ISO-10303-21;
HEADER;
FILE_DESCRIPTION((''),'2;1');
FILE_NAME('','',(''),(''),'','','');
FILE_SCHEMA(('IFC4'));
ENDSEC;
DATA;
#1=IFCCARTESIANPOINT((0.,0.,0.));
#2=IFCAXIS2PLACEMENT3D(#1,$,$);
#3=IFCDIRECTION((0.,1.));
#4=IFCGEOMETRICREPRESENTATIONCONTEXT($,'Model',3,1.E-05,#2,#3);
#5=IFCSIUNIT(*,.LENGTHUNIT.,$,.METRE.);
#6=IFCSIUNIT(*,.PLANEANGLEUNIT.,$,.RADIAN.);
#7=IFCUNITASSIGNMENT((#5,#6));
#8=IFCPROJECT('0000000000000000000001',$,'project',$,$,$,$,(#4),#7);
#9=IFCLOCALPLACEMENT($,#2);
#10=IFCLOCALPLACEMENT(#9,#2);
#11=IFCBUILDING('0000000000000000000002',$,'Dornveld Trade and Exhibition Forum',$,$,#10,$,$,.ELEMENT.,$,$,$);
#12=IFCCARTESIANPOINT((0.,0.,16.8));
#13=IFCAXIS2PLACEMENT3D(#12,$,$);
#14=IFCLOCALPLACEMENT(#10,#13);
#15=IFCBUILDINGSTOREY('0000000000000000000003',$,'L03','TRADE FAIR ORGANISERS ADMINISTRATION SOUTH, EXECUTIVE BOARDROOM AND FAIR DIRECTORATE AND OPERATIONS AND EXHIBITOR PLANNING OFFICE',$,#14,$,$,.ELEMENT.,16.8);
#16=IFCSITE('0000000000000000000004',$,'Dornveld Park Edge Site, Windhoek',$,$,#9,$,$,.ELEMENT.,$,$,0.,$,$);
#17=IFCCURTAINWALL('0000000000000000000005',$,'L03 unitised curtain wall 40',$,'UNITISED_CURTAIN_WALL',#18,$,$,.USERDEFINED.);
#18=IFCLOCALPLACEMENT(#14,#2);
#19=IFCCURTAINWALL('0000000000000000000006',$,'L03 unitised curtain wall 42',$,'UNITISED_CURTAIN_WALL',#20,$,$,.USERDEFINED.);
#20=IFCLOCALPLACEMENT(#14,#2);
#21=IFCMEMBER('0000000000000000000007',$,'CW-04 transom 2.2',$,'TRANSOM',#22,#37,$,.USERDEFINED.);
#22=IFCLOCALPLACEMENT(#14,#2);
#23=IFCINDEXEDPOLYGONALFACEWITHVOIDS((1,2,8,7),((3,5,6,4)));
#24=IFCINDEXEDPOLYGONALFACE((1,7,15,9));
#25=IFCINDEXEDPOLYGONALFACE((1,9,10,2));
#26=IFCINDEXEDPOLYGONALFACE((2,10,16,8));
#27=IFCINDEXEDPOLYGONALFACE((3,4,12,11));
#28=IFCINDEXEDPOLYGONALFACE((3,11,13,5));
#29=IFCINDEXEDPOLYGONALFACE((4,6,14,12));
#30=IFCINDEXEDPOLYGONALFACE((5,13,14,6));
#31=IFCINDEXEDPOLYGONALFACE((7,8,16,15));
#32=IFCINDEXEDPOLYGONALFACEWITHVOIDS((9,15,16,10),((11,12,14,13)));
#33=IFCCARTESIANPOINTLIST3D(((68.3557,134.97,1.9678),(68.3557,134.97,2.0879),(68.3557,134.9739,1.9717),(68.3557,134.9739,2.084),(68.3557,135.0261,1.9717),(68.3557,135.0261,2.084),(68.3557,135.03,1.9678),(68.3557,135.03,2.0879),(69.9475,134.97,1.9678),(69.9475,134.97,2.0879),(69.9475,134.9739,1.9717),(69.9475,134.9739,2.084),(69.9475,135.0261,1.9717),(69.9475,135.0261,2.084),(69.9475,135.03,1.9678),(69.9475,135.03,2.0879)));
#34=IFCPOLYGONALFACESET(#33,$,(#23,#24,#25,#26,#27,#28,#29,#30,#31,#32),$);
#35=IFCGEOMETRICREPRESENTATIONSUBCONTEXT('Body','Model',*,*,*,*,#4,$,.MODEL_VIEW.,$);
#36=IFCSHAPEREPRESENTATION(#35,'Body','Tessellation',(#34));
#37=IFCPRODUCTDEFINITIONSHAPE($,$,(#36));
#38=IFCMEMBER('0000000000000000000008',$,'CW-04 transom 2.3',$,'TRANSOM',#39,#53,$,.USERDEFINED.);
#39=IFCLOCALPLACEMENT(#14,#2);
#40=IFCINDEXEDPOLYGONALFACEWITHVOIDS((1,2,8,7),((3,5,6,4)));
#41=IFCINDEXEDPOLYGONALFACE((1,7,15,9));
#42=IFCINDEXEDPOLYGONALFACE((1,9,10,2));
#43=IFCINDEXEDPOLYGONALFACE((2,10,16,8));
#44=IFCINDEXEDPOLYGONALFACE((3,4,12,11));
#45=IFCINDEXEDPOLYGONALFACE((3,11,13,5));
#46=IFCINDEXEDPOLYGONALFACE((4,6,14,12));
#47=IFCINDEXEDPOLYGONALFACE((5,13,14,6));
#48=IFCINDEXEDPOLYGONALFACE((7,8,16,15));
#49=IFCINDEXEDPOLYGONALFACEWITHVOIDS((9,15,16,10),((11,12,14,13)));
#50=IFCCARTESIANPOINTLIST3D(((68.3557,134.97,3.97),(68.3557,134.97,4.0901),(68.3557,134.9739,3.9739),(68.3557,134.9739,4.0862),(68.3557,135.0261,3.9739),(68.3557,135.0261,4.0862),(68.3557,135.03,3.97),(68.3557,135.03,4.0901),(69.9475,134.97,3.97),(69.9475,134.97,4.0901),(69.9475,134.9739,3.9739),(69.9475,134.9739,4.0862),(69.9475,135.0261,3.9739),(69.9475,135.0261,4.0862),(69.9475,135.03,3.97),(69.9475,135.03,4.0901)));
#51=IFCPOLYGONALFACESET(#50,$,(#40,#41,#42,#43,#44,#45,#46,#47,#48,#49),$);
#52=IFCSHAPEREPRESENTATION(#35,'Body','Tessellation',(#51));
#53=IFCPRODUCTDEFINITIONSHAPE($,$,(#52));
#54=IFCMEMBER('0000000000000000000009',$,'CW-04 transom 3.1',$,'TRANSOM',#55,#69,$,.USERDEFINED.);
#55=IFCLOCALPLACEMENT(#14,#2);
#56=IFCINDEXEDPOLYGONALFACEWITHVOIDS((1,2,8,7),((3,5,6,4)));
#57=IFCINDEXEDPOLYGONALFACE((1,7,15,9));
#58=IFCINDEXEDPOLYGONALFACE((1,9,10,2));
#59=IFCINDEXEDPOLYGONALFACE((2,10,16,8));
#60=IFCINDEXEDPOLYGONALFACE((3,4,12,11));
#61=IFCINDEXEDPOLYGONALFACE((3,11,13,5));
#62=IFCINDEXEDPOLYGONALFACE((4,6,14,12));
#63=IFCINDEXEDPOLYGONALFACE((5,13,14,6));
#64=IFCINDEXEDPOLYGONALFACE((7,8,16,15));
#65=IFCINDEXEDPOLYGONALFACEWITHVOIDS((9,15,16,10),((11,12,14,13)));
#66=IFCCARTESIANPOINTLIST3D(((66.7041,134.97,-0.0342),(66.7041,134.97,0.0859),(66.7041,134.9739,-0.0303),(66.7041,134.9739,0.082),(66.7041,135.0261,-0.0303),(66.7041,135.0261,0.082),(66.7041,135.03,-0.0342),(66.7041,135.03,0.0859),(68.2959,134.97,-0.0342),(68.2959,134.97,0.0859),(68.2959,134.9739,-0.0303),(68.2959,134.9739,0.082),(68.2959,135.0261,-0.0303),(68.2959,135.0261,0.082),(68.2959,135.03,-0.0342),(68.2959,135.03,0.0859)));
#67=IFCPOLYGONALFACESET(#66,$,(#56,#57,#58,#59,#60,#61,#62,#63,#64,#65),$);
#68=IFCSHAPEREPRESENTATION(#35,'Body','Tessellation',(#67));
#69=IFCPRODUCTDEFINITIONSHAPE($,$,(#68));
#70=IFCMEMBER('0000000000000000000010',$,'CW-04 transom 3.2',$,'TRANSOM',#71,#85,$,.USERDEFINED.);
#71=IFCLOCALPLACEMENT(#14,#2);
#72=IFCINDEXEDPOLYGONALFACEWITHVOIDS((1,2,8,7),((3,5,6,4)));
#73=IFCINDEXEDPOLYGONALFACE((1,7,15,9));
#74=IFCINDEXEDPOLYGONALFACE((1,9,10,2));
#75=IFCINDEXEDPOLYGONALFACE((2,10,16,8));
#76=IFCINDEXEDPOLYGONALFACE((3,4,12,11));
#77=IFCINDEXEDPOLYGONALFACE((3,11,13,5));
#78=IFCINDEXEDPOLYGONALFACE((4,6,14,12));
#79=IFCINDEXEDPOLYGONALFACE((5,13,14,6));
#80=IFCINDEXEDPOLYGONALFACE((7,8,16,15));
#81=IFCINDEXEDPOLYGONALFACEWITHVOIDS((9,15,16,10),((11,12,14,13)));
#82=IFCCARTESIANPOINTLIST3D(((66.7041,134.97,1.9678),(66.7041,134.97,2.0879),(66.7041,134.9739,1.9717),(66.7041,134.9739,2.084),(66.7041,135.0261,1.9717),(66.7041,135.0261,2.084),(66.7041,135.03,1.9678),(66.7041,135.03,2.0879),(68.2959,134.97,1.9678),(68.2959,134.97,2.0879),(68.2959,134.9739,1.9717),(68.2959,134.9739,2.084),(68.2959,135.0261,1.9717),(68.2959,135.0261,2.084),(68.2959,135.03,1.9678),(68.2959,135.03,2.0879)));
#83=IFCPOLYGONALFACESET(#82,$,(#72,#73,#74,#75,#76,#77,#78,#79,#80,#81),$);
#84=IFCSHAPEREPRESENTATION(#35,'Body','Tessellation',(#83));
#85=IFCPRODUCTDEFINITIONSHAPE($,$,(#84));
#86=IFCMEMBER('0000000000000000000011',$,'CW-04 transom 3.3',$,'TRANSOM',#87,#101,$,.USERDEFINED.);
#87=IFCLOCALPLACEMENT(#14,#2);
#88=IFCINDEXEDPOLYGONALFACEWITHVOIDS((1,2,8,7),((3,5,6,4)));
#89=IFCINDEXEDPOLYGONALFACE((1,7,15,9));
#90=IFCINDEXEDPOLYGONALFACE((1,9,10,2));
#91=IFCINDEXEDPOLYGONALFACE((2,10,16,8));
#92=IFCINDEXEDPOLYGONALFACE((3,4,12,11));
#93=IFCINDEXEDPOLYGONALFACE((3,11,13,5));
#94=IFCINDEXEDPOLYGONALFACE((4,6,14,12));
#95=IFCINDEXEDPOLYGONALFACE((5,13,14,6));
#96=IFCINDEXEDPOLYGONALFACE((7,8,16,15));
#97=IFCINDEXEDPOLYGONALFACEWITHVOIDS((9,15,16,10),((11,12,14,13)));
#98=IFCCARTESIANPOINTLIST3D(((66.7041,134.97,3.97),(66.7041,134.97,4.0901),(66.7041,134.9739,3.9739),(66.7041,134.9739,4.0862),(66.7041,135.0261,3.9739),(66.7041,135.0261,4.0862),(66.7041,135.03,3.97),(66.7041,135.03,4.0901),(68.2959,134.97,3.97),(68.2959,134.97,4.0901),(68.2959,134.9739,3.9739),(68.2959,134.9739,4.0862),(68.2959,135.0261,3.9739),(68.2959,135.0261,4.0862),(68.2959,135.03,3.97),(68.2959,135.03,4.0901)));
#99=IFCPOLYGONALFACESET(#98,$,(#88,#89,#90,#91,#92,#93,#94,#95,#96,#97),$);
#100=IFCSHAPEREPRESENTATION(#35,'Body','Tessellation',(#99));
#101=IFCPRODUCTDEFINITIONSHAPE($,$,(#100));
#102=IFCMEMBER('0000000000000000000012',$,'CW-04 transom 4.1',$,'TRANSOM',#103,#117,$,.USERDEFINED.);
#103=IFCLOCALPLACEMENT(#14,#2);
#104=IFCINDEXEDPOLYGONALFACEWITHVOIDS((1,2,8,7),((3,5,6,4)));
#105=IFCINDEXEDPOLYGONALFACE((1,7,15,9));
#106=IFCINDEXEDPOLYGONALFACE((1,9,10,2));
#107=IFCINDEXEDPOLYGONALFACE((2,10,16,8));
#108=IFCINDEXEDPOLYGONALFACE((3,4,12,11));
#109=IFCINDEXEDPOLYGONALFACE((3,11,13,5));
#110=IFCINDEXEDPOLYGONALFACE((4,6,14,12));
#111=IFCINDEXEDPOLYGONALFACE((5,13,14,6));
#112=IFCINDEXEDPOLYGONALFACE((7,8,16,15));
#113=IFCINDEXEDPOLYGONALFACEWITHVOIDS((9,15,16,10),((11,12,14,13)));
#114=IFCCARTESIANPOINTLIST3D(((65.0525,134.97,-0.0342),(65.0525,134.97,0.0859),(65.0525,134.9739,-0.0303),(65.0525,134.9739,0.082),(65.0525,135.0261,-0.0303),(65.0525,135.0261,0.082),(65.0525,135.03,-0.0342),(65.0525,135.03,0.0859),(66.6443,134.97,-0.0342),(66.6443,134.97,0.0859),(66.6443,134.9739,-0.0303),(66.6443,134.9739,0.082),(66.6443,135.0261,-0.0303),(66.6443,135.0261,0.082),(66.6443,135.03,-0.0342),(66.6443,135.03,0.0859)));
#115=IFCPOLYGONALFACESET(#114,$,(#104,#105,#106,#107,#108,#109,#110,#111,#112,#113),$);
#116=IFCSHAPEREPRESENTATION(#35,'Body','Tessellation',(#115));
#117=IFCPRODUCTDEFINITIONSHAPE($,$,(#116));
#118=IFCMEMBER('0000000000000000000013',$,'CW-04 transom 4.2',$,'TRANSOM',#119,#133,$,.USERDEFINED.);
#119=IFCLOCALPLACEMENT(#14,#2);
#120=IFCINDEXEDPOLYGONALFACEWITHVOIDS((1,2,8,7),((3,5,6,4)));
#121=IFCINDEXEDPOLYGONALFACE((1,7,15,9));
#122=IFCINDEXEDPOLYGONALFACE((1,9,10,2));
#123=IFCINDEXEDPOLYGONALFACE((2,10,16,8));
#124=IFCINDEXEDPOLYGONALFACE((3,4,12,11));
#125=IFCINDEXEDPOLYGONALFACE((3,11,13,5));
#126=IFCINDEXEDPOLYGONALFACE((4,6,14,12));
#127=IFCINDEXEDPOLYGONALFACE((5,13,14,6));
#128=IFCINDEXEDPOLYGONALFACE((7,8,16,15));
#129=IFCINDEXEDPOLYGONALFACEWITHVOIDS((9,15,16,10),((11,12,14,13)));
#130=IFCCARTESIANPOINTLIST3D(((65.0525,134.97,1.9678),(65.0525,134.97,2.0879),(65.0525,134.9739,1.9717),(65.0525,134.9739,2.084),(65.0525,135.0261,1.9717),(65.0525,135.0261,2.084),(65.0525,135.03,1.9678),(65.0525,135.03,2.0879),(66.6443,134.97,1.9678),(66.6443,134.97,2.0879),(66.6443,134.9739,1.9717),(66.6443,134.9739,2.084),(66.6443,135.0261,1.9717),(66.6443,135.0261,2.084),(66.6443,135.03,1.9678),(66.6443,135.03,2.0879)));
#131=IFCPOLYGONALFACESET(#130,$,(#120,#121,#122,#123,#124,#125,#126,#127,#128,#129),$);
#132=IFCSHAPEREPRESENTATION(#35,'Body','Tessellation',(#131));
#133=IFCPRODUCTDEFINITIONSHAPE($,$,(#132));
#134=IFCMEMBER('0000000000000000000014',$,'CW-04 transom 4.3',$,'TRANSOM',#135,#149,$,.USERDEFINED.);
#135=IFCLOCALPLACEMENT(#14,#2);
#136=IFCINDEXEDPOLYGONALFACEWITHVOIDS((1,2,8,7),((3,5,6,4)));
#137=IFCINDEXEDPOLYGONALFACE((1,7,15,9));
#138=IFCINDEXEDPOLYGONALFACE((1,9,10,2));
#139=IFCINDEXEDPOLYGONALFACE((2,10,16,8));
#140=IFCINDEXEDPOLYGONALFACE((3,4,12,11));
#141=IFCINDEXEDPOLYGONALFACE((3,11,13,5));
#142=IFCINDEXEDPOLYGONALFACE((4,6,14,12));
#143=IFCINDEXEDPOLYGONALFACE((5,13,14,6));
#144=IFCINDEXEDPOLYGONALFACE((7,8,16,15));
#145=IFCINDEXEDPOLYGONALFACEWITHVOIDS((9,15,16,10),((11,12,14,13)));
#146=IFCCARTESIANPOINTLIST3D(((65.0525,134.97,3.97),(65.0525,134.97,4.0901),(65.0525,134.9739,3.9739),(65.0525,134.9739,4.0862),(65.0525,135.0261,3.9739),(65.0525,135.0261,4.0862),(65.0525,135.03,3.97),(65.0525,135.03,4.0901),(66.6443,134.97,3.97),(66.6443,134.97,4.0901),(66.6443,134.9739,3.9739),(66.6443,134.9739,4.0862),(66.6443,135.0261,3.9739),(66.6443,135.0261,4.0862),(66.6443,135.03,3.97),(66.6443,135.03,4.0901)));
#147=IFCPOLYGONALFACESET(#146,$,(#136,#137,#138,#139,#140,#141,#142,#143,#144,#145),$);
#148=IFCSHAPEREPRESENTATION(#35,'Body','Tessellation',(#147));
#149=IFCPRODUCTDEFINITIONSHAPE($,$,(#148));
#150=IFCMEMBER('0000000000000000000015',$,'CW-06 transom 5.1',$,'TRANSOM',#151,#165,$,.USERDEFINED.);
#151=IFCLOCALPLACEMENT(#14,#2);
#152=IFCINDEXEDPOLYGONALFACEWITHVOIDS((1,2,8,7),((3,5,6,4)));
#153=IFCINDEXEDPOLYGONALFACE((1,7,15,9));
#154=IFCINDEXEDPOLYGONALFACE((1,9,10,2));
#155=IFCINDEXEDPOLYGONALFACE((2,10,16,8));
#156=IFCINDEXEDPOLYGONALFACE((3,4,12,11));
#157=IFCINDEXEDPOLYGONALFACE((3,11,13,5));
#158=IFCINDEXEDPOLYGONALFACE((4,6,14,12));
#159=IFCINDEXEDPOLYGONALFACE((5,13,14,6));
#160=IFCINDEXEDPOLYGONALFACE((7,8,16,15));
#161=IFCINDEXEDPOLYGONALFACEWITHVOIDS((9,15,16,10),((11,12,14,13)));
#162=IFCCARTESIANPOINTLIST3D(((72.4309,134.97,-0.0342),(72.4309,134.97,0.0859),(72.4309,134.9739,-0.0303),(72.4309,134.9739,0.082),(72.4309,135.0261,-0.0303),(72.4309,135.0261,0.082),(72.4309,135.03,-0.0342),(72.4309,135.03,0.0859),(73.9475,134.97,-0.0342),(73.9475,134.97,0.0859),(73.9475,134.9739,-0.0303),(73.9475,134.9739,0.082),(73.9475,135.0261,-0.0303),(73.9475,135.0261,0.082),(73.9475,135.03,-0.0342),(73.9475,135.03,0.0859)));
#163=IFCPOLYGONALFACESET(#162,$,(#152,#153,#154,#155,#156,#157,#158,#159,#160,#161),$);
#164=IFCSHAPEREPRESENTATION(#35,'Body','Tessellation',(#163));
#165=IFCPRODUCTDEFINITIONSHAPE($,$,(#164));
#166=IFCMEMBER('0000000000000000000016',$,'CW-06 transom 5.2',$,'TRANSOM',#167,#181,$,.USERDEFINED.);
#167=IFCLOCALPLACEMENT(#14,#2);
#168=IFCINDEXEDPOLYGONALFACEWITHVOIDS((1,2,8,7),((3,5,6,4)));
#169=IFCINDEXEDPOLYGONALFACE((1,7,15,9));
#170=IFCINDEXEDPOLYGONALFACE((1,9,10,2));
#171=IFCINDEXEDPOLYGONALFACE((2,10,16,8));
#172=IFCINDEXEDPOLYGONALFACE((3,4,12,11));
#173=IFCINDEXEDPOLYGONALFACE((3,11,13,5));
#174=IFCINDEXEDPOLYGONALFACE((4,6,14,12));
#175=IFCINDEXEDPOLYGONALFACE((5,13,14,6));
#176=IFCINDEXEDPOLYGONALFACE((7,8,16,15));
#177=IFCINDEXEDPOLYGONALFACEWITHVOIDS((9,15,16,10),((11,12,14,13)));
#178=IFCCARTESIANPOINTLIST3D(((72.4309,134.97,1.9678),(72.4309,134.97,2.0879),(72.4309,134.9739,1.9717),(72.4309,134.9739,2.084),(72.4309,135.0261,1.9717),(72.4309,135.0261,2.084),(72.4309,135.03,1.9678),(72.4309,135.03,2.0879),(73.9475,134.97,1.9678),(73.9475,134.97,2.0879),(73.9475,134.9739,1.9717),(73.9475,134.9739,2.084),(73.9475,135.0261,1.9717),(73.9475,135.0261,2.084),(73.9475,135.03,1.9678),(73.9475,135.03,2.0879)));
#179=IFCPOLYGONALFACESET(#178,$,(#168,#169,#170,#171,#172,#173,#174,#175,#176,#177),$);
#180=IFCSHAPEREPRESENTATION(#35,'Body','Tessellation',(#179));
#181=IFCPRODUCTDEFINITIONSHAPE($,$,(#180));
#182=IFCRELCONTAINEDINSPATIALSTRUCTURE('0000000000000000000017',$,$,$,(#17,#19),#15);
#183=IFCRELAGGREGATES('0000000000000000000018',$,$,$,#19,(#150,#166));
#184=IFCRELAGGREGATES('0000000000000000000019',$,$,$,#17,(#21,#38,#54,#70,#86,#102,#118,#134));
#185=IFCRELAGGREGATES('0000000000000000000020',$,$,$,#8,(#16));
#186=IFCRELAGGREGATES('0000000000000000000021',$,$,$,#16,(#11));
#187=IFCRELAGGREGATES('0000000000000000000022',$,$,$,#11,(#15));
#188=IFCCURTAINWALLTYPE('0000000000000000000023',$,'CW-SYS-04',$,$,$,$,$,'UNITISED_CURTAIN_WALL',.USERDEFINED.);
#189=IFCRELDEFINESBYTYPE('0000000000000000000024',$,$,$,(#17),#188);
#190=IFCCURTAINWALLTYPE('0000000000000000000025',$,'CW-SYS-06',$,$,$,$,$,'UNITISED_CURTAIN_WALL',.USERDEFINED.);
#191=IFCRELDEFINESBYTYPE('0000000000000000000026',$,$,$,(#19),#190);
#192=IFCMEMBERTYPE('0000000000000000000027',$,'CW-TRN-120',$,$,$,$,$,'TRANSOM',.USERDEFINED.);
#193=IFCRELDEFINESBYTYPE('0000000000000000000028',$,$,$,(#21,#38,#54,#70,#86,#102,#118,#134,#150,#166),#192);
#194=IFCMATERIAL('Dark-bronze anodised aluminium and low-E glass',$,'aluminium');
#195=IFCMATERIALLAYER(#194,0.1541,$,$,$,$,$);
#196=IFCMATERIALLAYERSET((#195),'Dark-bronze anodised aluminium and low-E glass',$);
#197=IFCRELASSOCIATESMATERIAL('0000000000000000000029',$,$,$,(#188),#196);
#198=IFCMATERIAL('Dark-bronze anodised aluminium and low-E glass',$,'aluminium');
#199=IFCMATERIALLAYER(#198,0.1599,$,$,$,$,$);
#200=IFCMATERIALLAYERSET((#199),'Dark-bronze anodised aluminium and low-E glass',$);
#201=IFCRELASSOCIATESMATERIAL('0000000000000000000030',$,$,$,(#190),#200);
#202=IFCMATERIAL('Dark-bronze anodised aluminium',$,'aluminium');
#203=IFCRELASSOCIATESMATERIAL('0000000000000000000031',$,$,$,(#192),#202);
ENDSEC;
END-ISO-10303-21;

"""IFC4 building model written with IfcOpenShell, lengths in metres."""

from ifc_helpers import new_model, si_unit, direction, frame, origin, origin_2d, place, context, subcontext, project, spatial, hollow_rectangle, extrude, material, layer, layer_set, material_profile, profile_set, type_object, element, aggregate, save


model = new_model("IFC4")

# Units and contexts
model_context = context("Model", 3, precision=1e-05, world=origin(), true_north=direction((0.0, 1.0)))
body_context = subcontext(model_context, "Body", "Model", "MODEL_VIEW")
ifc_project = project(units=[si_unit("LENGTHUNIT", "METRE"), si_unit("PLANEANGLEUNIT", "RADIAN")], contexts=[model_context])

# Site, building, storey
site_placement = place(None, origin())
site = spatial("IfcSite", under=ifc_project, at=site_placement, Name="Dornveld Park Edge Site, Windhoek", CompositionType="ELEMENT", RefElevation=0.0)
building_placement = place(site_placement, origin())
building = spatial("IfcBuilding", under=site, at=building_placement, Name="Dornveld Trade and Exhibition Forum", CompositionType="ELEMENT")
storey_placement = place(building_placement, frame((0.0, 0.0, 16.8)))
storey = spatial("IfcBuildingStorey", under=building, at=storey_placement, Name="L03", Description="TRADE FAIR ORGANISERS ADMINISTRATION SOUTH, EXECUTIVE BOARDROOM AND FAIR DIRECTORATE AND OPERATIONS AND EXHIBITOR PLANNING OFFICE", CompositionType="ELEMENT", Elevation=16.8)

# Curtain wall
ifc_material_1 = material(Name="Dark-bronze anodised aluminium and low-E glass", Category="aluminium")
ifc_layer_1 = layer(ifc_material_1, 0.1541)
ifc_layer_set_1 = layer_set([ifc_layer_1], Name="Dark-bronze anodised aluminium and low-E glass")
curtain_wall_type_1 = type_object("IfcCurtainWallType", Name="CW-SYS-04", ElementType="UNITISED_CURTAIN_WALL", PredefinedType="USERDEFINED", material=ifc_layer_set_1)
curtain_wall_1_placement = place(storey_placement, origin())
curtain_wall_1 = element("IfcCurtainWall", 1, at=curtain_wall_1_placement, inside=storey, type_object=curtain_wall_type_1, Name="L03 unitised curtain wall 40", ObjectType="UNITISED_CURTAIN_WALL", PredefinedType="USERDEFINED")

# Curtain wall
ifc_material_2 = material(Name="Dark-bronze anodised aluminium and low-E glass", Category="aluminium")
ifc_layer_2 = layer(ifc_material_2, 0.1599)
ifc_layer_set_2 = layer_set([ifc_layer_2], Name="Dark-bronze anodised aluminium and low-E glass")
curtain_wall_type_2 = type_object("IfcCurtainWallType", Name="CW-SYS-06", ElementType="UNITISED_CURTAIN_WALL", PredefinedType="USERDEFINED", material=ifc_layer_set_2)
curtain_wall_2_placement = place(storey_placement, origin())
curtain_wall_2 = element("IfcCurtainWall", 2, at=curtain_wall_2_placement, inside=storey, type_object=curtain_wall_type_2, Name="L03 unitised curtain wall 42", ObjectType="UNITISED_CURTAIN_WALL", PredefinedType="USERDEFINED")

# Members
ifc_material_3 = material(Name="Dark-bronze anodised aluminium", Category="aluminium")
ifc_material_profile_1 = material_profile(ifc_material_3, hollow_rectangle(XDim=0.0601, YDim=0.1201, WallThickness=0.0039, at=origin_2d()), Name="RHS 120x60x4")
ifc_profile_set_1 = profile_set([ifc_material_profile_1], Name="Dark-bronze anodised aluminium")
member_type_1 = type_object("IfcMemberType", Name="CW-TRN-120", ElementType="TRANSOM", PredefinedType="USERDEFINED", material=ifc_profile_set_1)
member_1_placement = place(storey_placement, frame((69.9475, 135.0, 2.0278), z_axis=(-1.0, 0.0, 0.0), x_axis=(0.0, -1.0, 0.0)))
member_1 = element("IfcMember", 3, at=member_1_placement, type_object=member_type_1, Name="CW-04 transom 2.2", ObjectType="TRANSOM", PredefinedType="USERDEFINED", context=body_context, shape_type="SweptSolid", body=[
    extrude(hollow_rectangle(XDim=0.0601, YDim=0.1201, WallThickness=0.0039, at=origin_2d()), origin(), (0.0, 0.0, 1.0), 1.5918),
])
member_2_placement = place(storey_placement, frame((69.9475, 135.0, 4.03), z_axis=(-1.0, 0.0, 0.0), x_axis=(0.0, -1.0, 0.0)))
member_2 = element("IfcMember", 4, at=member_2_placement, type_object=member_type_1, Name="CW-04 transom 2.3", ObjectType="TRANSOM", PredefinedType="USERDEFINED", context=body_context, shape_type="SweptSolid", body=[
    extrude(hollow_rectangle(XDim=0.0601, YDim=0.1201, WallThickness=0.0039, at=origin_2d()), origin(), (0.0, 0.0, 1.0), 1.5918),
])
member_3_placement = place(storey_placement, frame((68.2959, 135.0, 0.0259), z_axis=(-1.0, 0.0, 0.0), x_axis=(0.0, -1.0, 0.0)))
member_3 = element("IfcMember", 5, at=member_3_placement, type_object=member_type_1, Name="CW-04 transom 3.1", ObjectType="TRANSOM", PredefinedType="USERDEFINED", context=body_context, shape_type="SweptSolid", body=[
    extrude(hollow_rectangle(XDim=0.0601, YDim=0.1201, WallThickness=0.0039, at=origin_2d()), origin(), (0.0, 0.0, 1.0), 1.5918),
])
member_4_placement = place(storey_placement, frame((68.2959, 135.0, 2.0278), z_axis=(-1.0, 0.0, 0.0), x_axis=(0.0, -1.0, 0.0)))
member_4 = element("IfcMember", 6, at=member_4_placement, type_object=member_type_1, Name="CW-04 transom 3.2", ObjectType="TRANSOM", PredefinedType="USERDEFINED", context=body_context, shape_type="SweptSolid", body=[
    extrude(hollow_rectangle(XDim=0.0601, YDim=0.1201, WallThickness=0.0039, at=origin_2d()), origin(), (0.0, 0.0, 1.0), 1.5918),
])
member_5_placement = place(storey_placement, frame((68.2959, 135.0, 4.03), z_axis=(-1.0, 0.0, 0.0), x_axis=(0.0, -1.0, 0.0)))
member_5 = element("IfcMember", 7, at=member_5_placement, type_object=member_type_1, Name="CW-04 transom 3.3", ObjectType="TRANSOM", PredefinedType="USERDEFINED", context=body_context, shape_type="SweptSolid", body=[
    extrude(hollow_rectangle(XDim=0.0601, YDim=0.1201, WallThickness=0.0039, at=origin_2d()), origin(), (0.0, 0.0, 1.0), 1.5918),
])
member_6_placement = place(storey_placement, frame((66.6443, 135.0, 0.0259), z_axis=(-1.0, 0.0, 0.0), x_axis=(0.0, -1.0, 0.0)))
member_6 = element("IfcMember", 8, at=member_6_placement, type_object=member_type_1, Name="CW-04 transom 4.1", ObjectType="TRANSOM", PredefinedType="USERDEFINED", context=body_context, shape_type="SweptSolid", body=[
    extrude(hollow_rectangle(XDim=0.0601, YDim=0.1201, WallThickness=0.0039, at=origin_2d()), origin(), (0.0, 0.0, 1.0), 1.5918),
])
member_7_placement = place(storey_placement, frame((66.6443, 135.0, 2.0278), z_axis=(-1.0, 0.0, 0.0), x_axis=(0.0, -1.0, 0.0)))
member_7 = element("IfcMember", 9, at=member_7_placement, type_object=member_type_1, Name="CW-04 transom 4.2", ObjectType="TRANSOM", PredefinedType="USERDEFINED", context=body_context, shape_type="SweptSolid", body=[
    extrude(hollow_rectangle(XDim=0.0601, YDim=0.1201, WallThickness=0.0039, at=origin_2d()), origin(), (0.0, 0.0, 1.0), 1.5918),
])
member_8_placement = place(storey_placement, frame((66.6443, 135.0, 4.03), z_axis=(-1.0, 0.0, 0.0), x_axis=(0.0, -1.0, 0.0)))
member_8 = element("IfcMember", 10, at=member_8_placement, type_object=member_type_1, Name="CW-04 transom 4.3", ObjectType="TRANSOM", PredefinedType="USERDEFINED", context=body_context, shape_type="SweptSolid", body=[
    extrude(hollow_rectangle(XDim=0.0601, YDim=0.1201, WallThickness=0.0039, at=origin_2d()), origin(), (0.0, 0.0, 1.0), 1.5918),
])
member_9_placement = place(storey_placement, frame((73.9475, 135.0, 0.0259), z_axis=(-1.0, 0.0, 0.0), x_axis=(0.0, -1.0, 0.0)))
member_9 = element("IfcMember", 11, at=member_9_placement, type_object=member_type_1, Name="CW-06 transom 5.1", ObjectType="TRANSOM", PredefinedType="USERDEFINED", context=body_context, shape_type="SweptSolid", body=[
    extrude(hollow_rectangle(XDim=0.0601, YDim=0.1201, WallThickness=0.0039, at=origin_2d()), origin(), (0.0, 0.0, 1.0), 1.5166),
])
member_10_placement = place(storey_placement, frame((73.9475, 135.0, 2.0278), z_axis=(-1.0, 0.0, 0.0), x_axis=(0.0, -1.0, 0.0)))
member_10 = element("IfcMember", 12, at=member_10_placement, type_object=member_type_1, Name="CW-06 transom 5.2", ObjectType="TRANSOM", PredefinedType="USERDEFINED", context=body_context, shape_type="SweptSolid", body=[
    extrude(hollow_rectangle(XDim=0.0601, YDim=0.1201, WallThickness=0.0039, at=origin_2d()), origin(), (0.0, 0.0, 1.0), 1.5166),
])

aggregate(curtain_wall_2, [member_9, member_10])
aggregate(curtain_wall_1, [member_1, member_2, member_3, member_4, member_5, member_6, member_7, member_8])

save(model, "model.ifc")
